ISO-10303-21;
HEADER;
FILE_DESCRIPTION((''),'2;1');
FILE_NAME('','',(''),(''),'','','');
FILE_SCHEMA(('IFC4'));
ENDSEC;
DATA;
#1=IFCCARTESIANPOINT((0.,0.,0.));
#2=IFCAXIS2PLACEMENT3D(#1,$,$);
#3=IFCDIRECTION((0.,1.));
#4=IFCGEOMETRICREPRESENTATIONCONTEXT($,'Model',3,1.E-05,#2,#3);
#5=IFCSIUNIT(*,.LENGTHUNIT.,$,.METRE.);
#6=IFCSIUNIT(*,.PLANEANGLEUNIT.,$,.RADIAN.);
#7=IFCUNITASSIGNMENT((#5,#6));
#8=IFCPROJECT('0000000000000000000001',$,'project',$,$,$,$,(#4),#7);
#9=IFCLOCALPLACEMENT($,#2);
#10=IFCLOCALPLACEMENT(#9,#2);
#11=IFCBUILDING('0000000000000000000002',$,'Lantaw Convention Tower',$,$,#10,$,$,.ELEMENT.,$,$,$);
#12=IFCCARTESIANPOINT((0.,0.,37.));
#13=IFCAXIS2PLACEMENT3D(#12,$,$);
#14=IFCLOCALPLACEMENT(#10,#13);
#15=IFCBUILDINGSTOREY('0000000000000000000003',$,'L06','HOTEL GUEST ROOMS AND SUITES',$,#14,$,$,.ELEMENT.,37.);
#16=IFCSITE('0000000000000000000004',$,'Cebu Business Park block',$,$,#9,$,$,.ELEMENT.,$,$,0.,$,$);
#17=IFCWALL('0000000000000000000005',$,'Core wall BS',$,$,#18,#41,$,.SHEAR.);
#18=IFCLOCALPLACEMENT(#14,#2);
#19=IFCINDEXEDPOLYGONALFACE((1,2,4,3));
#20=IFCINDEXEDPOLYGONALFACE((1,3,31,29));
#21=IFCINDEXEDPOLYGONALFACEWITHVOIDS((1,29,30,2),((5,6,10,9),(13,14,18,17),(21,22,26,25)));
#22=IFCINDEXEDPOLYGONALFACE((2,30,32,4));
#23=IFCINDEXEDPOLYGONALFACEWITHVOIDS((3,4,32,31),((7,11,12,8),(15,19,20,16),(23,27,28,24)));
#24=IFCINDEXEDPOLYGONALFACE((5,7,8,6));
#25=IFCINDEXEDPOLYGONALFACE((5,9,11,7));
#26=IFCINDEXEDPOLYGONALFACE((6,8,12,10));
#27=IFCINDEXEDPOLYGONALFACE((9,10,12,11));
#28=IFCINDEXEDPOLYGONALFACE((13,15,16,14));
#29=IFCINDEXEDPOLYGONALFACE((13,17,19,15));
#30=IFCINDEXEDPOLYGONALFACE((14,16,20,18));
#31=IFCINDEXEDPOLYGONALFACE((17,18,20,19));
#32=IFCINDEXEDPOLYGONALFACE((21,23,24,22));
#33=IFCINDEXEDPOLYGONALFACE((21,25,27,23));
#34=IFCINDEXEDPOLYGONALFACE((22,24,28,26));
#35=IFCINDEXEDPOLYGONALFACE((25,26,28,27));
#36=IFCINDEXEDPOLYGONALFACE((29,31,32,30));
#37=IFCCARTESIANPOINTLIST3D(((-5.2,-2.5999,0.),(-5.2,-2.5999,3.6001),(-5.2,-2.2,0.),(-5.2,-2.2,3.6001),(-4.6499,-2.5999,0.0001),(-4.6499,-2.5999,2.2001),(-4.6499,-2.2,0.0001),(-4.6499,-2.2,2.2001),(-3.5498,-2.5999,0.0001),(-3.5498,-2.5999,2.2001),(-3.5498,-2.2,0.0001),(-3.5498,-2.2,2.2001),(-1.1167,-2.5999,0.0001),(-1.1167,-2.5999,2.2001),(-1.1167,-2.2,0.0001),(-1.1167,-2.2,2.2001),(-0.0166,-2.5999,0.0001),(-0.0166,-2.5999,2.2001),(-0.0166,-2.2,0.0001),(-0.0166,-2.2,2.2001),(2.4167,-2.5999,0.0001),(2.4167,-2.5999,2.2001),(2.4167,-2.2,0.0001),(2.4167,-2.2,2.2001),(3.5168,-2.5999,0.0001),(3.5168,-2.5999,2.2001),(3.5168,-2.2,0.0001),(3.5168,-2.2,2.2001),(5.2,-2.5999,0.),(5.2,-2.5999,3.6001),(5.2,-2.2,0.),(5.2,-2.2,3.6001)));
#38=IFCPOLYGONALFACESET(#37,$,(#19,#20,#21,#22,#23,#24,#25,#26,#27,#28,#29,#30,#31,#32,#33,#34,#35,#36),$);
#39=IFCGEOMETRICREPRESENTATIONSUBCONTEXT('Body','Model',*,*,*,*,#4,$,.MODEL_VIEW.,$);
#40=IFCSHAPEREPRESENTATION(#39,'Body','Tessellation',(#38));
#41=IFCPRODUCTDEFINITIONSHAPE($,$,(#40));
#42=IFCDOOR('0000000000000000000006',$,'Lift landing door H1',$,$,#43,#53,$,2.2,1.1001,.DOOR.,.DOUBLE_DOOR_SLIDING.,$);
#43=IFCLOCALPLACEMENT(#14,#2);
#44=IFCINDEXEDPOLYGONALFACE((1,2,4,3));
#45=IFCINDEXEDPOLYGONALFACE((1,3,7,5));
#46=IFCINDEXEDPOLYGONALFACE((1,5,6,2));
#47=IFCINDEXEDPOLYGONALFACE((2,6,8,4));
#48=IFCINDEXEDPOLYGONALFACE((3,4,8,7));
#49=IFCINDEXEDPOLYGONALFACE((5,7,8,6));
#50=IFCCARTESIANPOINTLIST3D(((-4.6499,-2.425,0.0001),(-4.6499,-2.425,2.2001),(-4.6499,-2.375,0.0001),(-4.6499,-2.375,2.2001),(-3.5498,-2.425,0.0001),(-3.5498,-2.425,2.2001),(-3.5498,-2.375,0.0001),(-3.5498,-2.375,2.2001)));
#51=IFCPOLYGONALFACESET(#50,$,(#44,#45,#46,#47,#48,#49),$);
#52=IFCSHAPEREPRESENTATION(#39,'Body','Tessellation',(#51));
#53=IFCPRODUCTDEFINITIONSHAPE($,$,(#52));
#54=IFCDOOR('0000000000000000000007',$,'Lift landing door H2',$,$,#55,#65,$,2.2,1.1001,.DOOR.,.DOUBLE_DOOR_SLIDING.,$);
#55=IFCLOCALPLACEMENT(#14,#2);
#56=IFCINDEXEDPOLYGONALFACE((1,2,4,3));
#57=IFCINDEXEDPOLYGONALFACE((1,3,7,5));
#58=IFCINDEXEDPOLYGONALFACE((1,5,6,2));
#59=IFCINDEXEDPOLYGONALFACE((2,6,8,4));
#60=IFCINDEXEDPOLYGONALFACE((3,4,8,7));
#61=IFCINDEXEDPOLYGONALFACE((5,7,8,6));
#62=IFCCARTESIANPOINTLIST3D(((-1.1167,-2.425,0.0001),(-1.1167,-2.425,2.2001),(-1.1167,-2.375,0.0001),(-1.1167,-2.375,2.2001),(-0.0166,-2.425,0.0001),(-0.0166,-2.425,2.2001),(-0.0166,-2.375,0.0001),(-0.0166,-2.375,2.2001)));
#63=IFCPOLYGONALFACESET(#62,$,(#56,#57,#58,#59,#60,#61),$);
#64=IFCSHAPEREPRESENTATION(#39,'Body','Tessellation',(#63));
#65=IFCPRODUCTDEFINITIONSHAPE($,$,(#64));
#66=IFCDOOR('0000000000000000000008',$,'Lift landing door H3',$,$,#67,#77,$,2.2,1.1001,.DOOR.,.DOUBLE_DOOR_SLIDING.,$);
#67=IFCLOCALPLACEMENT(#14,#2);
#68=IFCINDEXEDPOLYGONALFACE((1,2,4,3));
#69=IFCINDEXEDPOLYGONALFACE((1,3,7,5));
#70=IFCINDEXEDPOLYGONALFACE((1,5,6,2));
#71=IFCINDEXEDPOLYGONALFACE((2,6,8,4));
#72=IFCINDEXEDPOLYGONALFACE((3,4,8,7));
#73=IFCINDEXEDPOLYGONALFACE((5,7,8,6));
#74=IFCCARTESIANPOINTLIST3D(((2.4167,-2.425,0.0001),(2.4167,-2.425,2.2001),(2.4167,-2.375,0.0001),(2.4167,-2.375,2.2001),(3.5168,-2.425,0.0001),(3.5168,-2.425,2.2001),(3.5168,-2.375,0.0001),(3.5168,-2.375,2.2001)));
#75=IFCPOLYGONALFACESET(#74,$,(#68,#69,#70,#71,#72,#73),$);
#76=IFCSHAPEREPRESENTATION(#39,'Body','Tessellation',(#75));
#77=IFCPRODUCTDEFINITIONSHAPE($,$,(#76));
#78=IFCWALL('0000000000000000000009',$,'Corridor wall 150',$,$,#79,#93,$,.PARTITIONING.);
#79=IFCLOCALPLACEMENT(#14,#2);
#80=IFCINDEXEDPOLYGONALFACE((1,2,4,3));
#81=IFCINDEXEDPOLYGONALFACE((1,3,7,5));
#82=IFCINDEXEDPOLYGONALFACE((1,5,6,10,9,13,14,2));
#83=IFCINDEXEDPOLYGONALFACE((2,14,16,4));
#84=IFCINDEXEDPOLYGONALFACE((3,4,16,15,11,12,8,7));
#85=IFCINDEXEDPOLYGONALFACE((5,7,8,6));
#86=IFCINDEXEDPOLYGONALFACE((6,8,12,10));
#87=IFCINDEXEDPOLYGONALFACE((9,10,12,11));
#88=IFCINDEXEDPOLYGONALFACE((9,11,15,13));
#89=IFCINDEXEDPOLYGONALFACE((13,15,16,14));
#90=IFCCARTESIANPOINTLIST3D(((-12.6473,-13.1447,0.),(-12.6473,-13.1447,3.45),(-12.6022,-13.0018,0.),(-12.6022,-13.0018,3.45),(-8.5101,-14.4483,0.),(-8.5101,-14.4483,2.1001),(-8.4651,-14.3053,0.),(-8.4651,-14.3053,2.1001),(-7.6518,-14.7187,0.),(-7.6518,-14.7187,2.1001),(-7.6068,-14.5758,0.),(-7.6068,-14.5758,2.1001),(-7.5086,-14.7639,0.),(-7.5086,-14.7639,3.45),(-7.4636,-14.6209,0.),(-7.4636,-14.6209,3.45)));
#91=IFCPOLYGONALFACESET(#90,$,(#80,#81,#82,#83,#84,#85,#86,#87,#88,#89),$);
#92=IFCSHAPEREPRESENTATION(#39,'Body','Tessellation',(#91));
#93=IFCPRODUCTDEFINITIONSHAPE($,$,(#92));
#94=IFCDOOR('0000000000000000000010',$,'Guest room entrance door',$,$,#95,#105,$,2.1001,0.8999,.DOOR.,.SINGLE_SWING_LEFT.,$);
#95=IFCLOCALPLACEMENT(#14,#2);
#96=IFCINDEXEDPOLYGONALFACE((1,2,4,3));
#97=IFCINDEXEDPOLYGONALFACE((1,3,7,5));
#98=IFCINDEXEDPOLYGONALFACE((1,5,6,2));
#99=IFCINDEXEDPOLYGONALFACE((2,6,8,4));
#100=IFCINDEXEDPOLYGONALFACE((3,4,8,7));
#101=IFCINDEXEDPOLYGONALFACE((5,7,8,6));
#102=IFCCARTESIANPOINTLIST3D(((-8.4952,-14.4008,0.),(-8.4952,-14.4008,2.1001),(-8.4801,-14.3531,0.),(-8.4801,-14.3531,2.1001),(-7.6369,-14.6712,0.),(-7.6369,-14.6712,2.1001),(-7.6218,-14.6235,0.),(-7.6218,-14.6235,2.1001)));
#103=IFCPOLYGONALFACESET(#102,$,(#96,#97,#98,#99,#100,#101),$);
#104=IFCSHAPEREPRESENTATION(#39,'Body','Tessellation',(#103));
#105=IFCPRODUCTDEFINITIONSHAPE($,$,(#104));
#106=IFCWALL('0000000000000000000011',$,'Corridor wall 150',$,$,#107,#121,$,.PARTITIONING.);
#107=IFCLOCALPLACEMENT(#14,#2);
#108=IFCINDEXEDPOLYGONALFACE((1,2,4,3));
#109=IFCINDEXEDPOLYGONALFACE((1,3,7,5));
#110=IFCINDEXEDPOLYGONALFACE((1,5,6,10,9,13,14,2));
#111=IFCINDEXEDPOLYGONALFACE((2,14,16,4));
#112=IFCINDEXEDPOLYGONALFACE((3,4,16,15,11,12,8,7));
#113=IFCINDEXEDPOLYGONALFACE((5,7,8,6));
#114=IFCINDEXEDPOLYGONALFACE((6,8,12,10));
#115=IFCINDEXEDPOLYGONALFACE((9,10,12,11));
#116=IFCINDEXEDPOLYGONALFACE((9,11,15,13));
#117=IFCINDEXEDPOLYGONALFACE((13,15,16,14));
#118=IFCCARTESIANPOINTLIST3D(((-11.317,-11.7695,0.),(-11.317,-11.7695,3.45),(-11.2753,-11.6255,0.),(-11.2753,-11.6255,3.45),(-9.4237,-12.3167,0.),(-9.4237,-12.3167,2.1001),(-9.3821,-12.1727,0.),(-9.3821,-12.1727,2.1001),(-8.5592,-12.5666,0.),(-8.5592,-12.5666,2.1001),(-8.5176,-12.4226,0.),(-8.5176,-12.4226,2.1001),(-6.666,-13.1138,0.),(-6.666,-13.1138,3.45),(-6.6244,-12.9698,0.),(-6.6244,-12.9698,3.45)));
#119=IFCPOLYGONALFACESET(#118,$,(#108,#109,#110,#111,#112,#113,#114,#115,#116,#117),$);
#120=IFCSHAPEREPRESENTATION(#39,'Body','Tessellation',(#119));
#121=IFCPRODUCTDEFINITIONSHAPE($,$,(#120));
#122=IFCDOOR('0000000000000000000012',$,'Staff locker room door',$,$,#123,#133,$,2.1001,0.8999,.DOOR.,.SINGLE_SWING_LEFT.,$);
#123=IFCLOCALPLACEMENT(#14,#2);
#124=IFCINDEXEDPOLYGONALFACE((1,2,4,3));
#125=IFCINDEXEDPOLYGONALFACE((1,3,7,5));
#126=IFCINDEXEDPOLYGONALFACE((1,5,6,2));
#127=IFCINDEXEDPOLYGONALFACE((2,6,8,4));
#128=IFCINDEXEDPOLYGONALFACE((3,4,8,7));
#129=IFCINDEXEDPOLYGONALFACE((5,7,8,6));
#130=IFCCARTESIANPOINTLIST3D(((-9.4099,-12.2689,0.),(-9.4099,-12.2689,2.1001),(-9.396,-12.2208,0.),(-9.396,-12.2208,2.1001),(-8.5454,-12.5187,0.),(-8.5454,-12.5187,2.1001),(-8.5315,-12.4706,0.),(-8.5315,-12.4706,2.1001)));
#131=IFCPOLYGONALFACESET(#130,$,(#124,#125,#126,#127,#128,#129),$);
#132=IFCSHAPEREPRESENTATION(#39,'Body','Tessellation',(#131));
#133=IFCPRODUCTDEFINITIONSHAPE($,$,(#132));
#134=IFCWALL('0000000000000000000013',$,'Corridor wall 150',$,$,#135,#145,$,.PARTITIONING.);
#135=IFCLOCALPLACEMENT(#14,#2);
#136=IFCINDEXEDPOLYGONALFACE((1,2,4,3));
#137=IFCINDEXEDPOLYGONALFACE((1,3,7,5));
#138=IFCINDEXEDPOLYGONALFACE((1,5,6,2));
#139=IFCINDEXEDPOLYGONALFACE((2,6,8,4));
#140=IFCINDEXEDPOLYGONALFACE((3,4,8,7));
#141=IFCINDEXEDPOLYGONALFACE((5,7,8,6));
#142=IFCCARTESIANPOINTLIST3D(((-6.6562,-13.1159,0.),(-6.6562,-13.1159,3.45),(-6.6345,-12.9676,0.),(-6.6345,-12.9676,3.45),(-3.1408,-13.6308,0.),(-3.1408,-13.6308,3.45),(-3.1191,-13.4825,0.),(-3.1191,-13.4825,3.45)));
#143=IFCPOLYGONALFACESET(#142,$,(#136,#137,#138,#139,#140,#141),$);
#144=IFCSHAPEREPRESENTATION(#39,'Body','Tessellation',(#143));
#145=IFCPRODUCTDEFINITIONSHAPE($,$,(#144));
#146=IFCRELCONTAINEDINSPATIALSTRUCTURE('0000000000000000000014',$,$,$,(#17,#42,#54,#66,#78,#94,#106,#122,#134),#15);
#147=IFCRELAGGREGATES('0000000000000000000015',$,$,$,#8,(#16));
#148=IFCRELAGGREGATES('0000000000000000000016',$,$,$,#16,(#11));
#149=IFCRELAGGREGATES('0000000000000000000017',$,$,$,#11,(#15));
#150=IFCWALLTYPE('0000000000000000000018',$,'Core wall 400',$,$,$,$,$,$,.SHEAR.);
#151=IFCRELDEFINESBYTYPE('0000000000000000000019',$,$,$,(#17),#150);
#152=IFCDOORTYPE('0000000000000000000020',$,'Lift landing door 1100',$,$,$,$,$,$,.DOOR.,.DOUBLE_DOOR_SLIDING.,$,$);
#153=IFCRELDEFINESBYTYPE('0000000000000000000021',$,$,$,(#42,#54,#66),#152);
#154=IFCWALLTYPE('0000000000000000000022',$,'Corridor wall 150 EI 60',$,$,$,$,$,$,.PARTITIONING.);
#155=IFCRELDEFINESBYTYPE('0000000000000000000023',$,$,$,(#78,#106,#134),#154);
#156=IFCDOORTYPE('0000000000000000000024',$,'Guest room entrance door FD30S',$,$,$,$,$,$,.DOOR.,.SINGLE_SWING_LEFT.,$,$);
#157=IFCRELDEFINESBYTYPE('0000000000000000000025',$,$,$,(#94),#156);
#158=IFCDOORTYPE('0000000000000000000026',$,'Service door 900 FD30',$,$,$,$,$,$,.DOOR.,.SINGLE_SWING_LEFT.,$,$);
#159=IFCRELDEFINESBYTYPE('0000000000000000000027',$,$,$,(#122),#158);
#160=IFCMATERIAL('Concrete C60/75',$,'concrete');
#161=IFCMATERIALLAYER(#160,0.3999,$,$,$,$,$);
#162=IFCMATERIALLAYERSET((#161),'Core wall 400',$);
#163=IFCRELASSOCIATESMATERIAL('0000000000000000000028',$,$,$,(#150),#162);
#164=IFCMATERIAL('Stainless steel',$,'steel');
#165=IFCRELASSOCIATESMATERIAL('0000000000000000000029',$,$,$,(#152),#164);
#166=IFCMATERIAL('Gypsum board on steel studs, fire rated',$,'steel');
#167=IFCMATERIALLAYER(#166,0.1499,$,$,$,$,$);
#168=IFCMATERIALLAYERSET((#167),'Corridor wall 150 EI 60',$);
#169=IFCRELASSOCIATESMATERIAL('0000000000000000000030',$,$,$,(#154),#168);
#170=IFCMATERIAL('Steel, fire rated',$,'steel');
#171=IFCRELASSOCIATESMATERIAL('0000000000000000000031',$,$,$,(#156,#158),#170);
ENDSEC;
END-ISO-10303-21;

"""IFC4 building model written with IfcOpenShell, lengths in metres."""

from ifc_helpers import new_model, si_unit, direction, frame, frame_2d, origin, place, context, subcontext, project, spatial, rectangle, extrude, material, layer, layer_set, type_object, element, fill, save


model = new_model("IFC4")

# Units and contexts
model_context = context("Model", 3, precision=1e-05, world=origin(), true_north=direction((0.0, 1.0)))
body_context = subcontext(model_context, "Body", "Model", "MODEL_VIEW")
ifc_project = project(units=[si_unit("LENGTHUNIT", "METRE"), si_unit("PLANEANGLEUNIT", "RADIAN")], contexts=[model_context])

# Site, building, storey
site_placement = place(None, origin())
site = spatial("IfcSite", under=ifc_project, at=site_placement, Name="Cebu Business Park block", CompositionType="ELEMENT", RefElevation=0.0)
building_placement = place(site_placement, origin())
building = spatial("IfcBuilding", under=site, at=building_placement, Name="Lantaw Convention Tower", CompositionType="ELEMENT")
storey_placement = place(building_placement, frame((0.0, 0.0, 37.0)))
storey = spatial("IfcBuildingStorey", under=building, at=storey_placement, Name="L06", Description="HOTEL GUEST ROOMS AND SUITES", CompositionType="ELEMENT", Elevation=37.0)

# Shared definitions
ifc_material_1 = material(Name="Concrete C60/75", Category="concrete")
ifc_material_2 = material(Name="Steel, fire rated", Category="steel")

# Wall, openings, doors
ifc_layer_1 = layer(ifc_material_1, 0.3999)
ifc_layer_set_1 = layer_set([ifc_layer_1], Name="Core wall 400")
wall_type_1 = type_object("IfcWallType", Name="Core wall 400", PredefinedType="SHEAR", material=ifc_layer_set_1)
wall_1_placement = place(storey_placement, frame((-5.2, -2.3999, 0.0), z_axis=(0.0, 0.0, 1.0), x_axis=(1.0, 0.0, 0.0)))
wall_1 = element("IfcWall", 1, at=wall_1_placement, inside=storey, type_object=wall_type_1, Name="Core wall BS", PredefinedType="SHEAR", context=body_context, shape_type="SweptSolid", body=[
    extrude(rectangle(XDim=10.3999, YDim=0.3999, at=frame_2d((5.2, 0.0))), origin(), (0.0, 0.0, 1.0), 3.6001),
])
opening_1_placement = place(wall_1_placement, frame((0.55, 0.0, 0.0)))
opening_1 = element("IfcOpeningElement", 2, at=opening_1_placement, cuts=wall_1, PredefinedType="OPENING", context=body_context, shape_type="SweptSolid", body=[
    extrude(rectangle(XDim=1.1001, YDim=2.2, at=frame_2d((0.55, 1.1001))), frame((0.0, 0.21, 0.0), z_axis=(0.0, -1.0, 0.0), x_axis=(1.0, 0.0, 0.0)), (0.0, 0.0, 1.0), 0.4199),
])
opening_2_placement = place(wall_1_placement, frame((4.0833, 0.0, 0.0)))
opening_2 = element("IfcOpeningElement", 3, at=opening_2_placement, cuts=wall_1, PredefinedType="OPENING", context=body_context, shape_type="SweptSolid", body=[
    extrude(rectangle(XDim=1.1001, YDim=2.2, at=frame_2d((0.55, 1.1001))), frame((0.0, 0.21, 0.0), z_axis=(0.0, -1.0, 0.0), x_axis=(1.0, 0.0, 0.0)), (0.0, 0.0, 1.0), 0.4199),
])
opening_3_placement = place(wall_1_placement, frame((7.6167, 0.0, 0.0)))
opening_3 = element("IfcOpeningElement", 4, at=opening_3_placement, cuts=wall_1, PredefinedType="OPENING", context=body_context, shape_type="SweptSolid", body=[
    extrude(rectangle(XDim=1.1001, YDim=2.2, at=frame_2d((0.55, 1.1001))), frame((0.0, 0.21, 0.0), z_axis=(0.0, -1.0, 0.0), x_axis=(1.0, 0.0, 0.0)), (0.0, 0.0, 1.0), 0.4199),
])
ifc_material_3 = material(Name="Stainless steel", Category="steel")
door_type_1 = type_object("IfcDoorType", Name="Lift landing door 1100", OperationType="DOUBLE_DOOR_SLIDING", PredefinedType="DOOR", material=ifc_material_3)
door_1_placement = place(opening_1_placement, origin())
door_1 = element("IfcDoor", 5, at=door_1_placement, inside=storey, type_object=door_type_1, Name="Lift landing door H1", OperationType="DOUBLE_DOOR_SLIDING", OverallHeight=2.2, OverallWidth=1.1001, PredefinedType="DOOR", context=body_context, shape_type="SweptSolid", body=[
    extrude(rectangle(XDim=1.1001, YDim=2.2, at=frame_2d((0.55, 1.1001))), frame((0.0, 0.0249, 0.0), z_axis=(0.0, -1.0, 0.0), x_axis=(1.0, 0.0, 0.0)), (0.0, 0.0, 1.0), 0.05),
])
fill(opening_1, door_1)
door_2_placement = place(opening_2_placement, origin())
door_2 = element("IfcDoor", 6, at=door_2_placement, inside=storey, type_object=door_type_1, Name="Lift landing door H2", OperationType="DOUBLE_DOOR_SLIDING", OverallHeight=2.2, OverallWidth=1.1001, PredefinedType="DOOR", context=body_context, shape_type="SweptSolid", body=[
    extrude(rectangle(XDim=1.1001, YDim=2.2, at=frame_2d((0.55, 1.1001))), frame((0.0, 0.0249, 0.0), z_axis=(0.0, -1.0, 0.0), x_axis=(1.0, 0.0, 0.0)), (0.0, 0.0, 1.0), 0.05),
])
fill(opening_2, door_2)
door_3_placement = place(opening_3_placement, origin())
door_3 = element("IfcDoor", 7, at=door_3_placement, inside=storey, type_object=door_type_1, Name="Lift landing door H3", OperationType="DOUBLE_DOOR_SLIDING", OverallHeight=2.2, OverallWidth=1.1001, PredefinedType="DOOR", context=body_context, shape_type="SweptSolid", body=[
    extrude(rectangle(XDim=1.1001, YDim=2.2, at=frame_2d((0.55, 1.1001))), frame((0.0, 0.0249, 0.0), z_axis=(0.0, -1.0, 0.0), x_axis=(1.0, 0.0, 0.0)), (0.0, 0.0, 1.0), 0.05),
])
fill(opening_3, door_3)

# Walls, openings, doors
ifc_material_4 = material(Name="Gypsum board on steel studs, fire rated", Category="steel")
ifc_layer_2 = layer(ifc_material_4, 0.1499)
ifc_layer_set_2 = layer_set([ifc_layer_2], Name="Corridor wall 150 EI 60")
wall_type_2 = type_object("IfcWallType", Name="Corridor wall 150 EI 60", PredefinedType="PARTITIONING", material=ifc_layer_set_2)
wall_2_placement = place(storey_placement, frame((-12.6248, -13.0732, 0.0), z_axis=(0.0, 0.0, 1.0), x_axis=(0.953774, -0.300524, 0.0)))
wall_2 = element("IfcWall", 8, at=wall_2_placement, inside=storey, type_object=wall_type_2, Name="Corridor wall 150", PredefinedType="PARTITIONING", context=body_context, shape_type="SweptSolid", body=[
    extrude(rectangle(XDim=5.3877, YDim=0.1499, at=frame_2d((2.6938, 0.0))), origin(), (0.0, 0.0, 1.0), 3.45),
])
opening_4_placement = place(wall_2_placement, frame((4.3376, 0.0, 0.0)))
opening_4 = element("IfcOpeningElement", 9, at=opening_4_placement, cuts=wall_2, PredefinedType="OPENING", context=body_context, shape_type="SweptSolid", body=[
    extrude(rectangle(XDim=0.8999, YDim=2.1001, at=frame_2d((0.45, 1.05))), frame((0.0, 0.085, 0.0), z_axis=(0.0, -1.0, 0.0), x_axis=(1.0, 0.0, 0.0)), (0.0, 0.0, 1.0), 0.1699),
])
door_type_2 = type_object("IfcDoorType", Name="Guest room entrance door FD30S", OperationType="SINGLE_SWING_LEFT", PredefinedType="DOOR", material=ifc_material_2)
door_4_placement = place(opening_4_placement, origin())
door_4 = element("IfcDoor", 10, at=door_4_placement, inside=storey, type_object=door_type_2, Name="Guest room entrance door", OperationType="SINGLE_SWING_LEFT", OverallHeight=2.1001, OverallWidth=0.8999, PredefinedType="DOOR", context=body_context, shape_type="SweptSolid", body=[
    extrude(rectangle(XDim=0.8999, YDim=2.1001, at=frame_2d((0.45, 1.05))), frame((0.0, 0.0249, 0.0), z_axis=(0.0, -1.0, 0.0), x_axis=(1.0, 0.0, 0.0)), (0.0, 0.0, 1.0), 0.05),
])
fill(opening_4, door_4)
wall_3_placement = place(storey_placement, frame((-11.2961, -11.6975, 0.0), z_axis=(0.0, 0.0, 1.0), x_axis=(0.960678, -0.277664, 0.0)))
wall_3 = element("IfcWall", 11, at=wall_3_placement, inside=storey, type_object=wall_type_2, Name="Corridor wall 150", PredefinedType="PARTITIONING", context=body_context, shape_type="SweptSolid", body=[
    extrude(rectangle(XDim=4.8413, YDim=0.1499, at=frame_2d((2.4207, 0.0))), origin(), (0.0, 0.0, 1.0), 3.45),
])
opening_5_placement = place(wall_3_placement, frame((1.9707, 0.0, 0.0)))
opening_5 = element("IfcOpeningElement", 12, at=opening_5_placement, cuts=wall_3, PredefinedType="OPENING", context=body_context, shape_type="SweptSolid", body=[
    extrude(rectangle(XDim=0.8999, YDim=2.1001, at=frame_2d((0.45, 1.05))), frame((0.0, 0.085, 0.0), z_axis=(0.0, -1.0, 0.0), x_axis=(1.0, 0.0, 0.0)), (0.0, 0.0, 1.0), 0.1699),
])
door_type_3 = type_object("IfcDoorType", Name="Service door 900 FD30", OperationType="SINGLE_SWING_LEFT", PredefinedType="DOOR", material=ifc_material_2)
door_5_placement = place(opening_5_placement, origin())
door_5 = element("IfcDoor", 13, at=door_5_placement, inside=storey, type_object=door_type_3, Name="Staff locker room door", OperationType="SINGLE_SWING_LEFT", OverallHeight=2.1001, OverallWidth=0.8999, PredefinedType="DOOR", context=body_context, shape_type="SweptSolid", body=[
    extrude(rectangle(XDim=0.8999, YDim=2.1001, at=frame_2d((0.45, 1.05))), frame((0.0, 0.0249, 0.0), z_axis=(0.0, -1.0, 0.0), x_axis=(1.0, 0.0, 0.0)), (0.0, 0.0, 1.0), 0.05),
])
fill(opening_5, door_5)

# Wall
wall_4_placement = place(storey_placement, frame((-6.6453, -13.0417, 0.0), z_axis=(0.0, 0.0, 1.0), x_axis=(0.989443, -0.144922, 0.0)))
element("IfcWall", 14, at=wall_4_placement, inside=storey, type_object=wall_type_2, Name="Corridor wall 150", PredefinedType="PARTITIONING", context=body_context, shape_type="SweptSolid", body=[
    extrude(rectangle(XDim=3.553, YDim=0.1499, at=frame_2d((1.7764, 0.0))), origin(), (0.0, 0.0, 1.0), 3.45),
])

save(model, "model.ifc")
